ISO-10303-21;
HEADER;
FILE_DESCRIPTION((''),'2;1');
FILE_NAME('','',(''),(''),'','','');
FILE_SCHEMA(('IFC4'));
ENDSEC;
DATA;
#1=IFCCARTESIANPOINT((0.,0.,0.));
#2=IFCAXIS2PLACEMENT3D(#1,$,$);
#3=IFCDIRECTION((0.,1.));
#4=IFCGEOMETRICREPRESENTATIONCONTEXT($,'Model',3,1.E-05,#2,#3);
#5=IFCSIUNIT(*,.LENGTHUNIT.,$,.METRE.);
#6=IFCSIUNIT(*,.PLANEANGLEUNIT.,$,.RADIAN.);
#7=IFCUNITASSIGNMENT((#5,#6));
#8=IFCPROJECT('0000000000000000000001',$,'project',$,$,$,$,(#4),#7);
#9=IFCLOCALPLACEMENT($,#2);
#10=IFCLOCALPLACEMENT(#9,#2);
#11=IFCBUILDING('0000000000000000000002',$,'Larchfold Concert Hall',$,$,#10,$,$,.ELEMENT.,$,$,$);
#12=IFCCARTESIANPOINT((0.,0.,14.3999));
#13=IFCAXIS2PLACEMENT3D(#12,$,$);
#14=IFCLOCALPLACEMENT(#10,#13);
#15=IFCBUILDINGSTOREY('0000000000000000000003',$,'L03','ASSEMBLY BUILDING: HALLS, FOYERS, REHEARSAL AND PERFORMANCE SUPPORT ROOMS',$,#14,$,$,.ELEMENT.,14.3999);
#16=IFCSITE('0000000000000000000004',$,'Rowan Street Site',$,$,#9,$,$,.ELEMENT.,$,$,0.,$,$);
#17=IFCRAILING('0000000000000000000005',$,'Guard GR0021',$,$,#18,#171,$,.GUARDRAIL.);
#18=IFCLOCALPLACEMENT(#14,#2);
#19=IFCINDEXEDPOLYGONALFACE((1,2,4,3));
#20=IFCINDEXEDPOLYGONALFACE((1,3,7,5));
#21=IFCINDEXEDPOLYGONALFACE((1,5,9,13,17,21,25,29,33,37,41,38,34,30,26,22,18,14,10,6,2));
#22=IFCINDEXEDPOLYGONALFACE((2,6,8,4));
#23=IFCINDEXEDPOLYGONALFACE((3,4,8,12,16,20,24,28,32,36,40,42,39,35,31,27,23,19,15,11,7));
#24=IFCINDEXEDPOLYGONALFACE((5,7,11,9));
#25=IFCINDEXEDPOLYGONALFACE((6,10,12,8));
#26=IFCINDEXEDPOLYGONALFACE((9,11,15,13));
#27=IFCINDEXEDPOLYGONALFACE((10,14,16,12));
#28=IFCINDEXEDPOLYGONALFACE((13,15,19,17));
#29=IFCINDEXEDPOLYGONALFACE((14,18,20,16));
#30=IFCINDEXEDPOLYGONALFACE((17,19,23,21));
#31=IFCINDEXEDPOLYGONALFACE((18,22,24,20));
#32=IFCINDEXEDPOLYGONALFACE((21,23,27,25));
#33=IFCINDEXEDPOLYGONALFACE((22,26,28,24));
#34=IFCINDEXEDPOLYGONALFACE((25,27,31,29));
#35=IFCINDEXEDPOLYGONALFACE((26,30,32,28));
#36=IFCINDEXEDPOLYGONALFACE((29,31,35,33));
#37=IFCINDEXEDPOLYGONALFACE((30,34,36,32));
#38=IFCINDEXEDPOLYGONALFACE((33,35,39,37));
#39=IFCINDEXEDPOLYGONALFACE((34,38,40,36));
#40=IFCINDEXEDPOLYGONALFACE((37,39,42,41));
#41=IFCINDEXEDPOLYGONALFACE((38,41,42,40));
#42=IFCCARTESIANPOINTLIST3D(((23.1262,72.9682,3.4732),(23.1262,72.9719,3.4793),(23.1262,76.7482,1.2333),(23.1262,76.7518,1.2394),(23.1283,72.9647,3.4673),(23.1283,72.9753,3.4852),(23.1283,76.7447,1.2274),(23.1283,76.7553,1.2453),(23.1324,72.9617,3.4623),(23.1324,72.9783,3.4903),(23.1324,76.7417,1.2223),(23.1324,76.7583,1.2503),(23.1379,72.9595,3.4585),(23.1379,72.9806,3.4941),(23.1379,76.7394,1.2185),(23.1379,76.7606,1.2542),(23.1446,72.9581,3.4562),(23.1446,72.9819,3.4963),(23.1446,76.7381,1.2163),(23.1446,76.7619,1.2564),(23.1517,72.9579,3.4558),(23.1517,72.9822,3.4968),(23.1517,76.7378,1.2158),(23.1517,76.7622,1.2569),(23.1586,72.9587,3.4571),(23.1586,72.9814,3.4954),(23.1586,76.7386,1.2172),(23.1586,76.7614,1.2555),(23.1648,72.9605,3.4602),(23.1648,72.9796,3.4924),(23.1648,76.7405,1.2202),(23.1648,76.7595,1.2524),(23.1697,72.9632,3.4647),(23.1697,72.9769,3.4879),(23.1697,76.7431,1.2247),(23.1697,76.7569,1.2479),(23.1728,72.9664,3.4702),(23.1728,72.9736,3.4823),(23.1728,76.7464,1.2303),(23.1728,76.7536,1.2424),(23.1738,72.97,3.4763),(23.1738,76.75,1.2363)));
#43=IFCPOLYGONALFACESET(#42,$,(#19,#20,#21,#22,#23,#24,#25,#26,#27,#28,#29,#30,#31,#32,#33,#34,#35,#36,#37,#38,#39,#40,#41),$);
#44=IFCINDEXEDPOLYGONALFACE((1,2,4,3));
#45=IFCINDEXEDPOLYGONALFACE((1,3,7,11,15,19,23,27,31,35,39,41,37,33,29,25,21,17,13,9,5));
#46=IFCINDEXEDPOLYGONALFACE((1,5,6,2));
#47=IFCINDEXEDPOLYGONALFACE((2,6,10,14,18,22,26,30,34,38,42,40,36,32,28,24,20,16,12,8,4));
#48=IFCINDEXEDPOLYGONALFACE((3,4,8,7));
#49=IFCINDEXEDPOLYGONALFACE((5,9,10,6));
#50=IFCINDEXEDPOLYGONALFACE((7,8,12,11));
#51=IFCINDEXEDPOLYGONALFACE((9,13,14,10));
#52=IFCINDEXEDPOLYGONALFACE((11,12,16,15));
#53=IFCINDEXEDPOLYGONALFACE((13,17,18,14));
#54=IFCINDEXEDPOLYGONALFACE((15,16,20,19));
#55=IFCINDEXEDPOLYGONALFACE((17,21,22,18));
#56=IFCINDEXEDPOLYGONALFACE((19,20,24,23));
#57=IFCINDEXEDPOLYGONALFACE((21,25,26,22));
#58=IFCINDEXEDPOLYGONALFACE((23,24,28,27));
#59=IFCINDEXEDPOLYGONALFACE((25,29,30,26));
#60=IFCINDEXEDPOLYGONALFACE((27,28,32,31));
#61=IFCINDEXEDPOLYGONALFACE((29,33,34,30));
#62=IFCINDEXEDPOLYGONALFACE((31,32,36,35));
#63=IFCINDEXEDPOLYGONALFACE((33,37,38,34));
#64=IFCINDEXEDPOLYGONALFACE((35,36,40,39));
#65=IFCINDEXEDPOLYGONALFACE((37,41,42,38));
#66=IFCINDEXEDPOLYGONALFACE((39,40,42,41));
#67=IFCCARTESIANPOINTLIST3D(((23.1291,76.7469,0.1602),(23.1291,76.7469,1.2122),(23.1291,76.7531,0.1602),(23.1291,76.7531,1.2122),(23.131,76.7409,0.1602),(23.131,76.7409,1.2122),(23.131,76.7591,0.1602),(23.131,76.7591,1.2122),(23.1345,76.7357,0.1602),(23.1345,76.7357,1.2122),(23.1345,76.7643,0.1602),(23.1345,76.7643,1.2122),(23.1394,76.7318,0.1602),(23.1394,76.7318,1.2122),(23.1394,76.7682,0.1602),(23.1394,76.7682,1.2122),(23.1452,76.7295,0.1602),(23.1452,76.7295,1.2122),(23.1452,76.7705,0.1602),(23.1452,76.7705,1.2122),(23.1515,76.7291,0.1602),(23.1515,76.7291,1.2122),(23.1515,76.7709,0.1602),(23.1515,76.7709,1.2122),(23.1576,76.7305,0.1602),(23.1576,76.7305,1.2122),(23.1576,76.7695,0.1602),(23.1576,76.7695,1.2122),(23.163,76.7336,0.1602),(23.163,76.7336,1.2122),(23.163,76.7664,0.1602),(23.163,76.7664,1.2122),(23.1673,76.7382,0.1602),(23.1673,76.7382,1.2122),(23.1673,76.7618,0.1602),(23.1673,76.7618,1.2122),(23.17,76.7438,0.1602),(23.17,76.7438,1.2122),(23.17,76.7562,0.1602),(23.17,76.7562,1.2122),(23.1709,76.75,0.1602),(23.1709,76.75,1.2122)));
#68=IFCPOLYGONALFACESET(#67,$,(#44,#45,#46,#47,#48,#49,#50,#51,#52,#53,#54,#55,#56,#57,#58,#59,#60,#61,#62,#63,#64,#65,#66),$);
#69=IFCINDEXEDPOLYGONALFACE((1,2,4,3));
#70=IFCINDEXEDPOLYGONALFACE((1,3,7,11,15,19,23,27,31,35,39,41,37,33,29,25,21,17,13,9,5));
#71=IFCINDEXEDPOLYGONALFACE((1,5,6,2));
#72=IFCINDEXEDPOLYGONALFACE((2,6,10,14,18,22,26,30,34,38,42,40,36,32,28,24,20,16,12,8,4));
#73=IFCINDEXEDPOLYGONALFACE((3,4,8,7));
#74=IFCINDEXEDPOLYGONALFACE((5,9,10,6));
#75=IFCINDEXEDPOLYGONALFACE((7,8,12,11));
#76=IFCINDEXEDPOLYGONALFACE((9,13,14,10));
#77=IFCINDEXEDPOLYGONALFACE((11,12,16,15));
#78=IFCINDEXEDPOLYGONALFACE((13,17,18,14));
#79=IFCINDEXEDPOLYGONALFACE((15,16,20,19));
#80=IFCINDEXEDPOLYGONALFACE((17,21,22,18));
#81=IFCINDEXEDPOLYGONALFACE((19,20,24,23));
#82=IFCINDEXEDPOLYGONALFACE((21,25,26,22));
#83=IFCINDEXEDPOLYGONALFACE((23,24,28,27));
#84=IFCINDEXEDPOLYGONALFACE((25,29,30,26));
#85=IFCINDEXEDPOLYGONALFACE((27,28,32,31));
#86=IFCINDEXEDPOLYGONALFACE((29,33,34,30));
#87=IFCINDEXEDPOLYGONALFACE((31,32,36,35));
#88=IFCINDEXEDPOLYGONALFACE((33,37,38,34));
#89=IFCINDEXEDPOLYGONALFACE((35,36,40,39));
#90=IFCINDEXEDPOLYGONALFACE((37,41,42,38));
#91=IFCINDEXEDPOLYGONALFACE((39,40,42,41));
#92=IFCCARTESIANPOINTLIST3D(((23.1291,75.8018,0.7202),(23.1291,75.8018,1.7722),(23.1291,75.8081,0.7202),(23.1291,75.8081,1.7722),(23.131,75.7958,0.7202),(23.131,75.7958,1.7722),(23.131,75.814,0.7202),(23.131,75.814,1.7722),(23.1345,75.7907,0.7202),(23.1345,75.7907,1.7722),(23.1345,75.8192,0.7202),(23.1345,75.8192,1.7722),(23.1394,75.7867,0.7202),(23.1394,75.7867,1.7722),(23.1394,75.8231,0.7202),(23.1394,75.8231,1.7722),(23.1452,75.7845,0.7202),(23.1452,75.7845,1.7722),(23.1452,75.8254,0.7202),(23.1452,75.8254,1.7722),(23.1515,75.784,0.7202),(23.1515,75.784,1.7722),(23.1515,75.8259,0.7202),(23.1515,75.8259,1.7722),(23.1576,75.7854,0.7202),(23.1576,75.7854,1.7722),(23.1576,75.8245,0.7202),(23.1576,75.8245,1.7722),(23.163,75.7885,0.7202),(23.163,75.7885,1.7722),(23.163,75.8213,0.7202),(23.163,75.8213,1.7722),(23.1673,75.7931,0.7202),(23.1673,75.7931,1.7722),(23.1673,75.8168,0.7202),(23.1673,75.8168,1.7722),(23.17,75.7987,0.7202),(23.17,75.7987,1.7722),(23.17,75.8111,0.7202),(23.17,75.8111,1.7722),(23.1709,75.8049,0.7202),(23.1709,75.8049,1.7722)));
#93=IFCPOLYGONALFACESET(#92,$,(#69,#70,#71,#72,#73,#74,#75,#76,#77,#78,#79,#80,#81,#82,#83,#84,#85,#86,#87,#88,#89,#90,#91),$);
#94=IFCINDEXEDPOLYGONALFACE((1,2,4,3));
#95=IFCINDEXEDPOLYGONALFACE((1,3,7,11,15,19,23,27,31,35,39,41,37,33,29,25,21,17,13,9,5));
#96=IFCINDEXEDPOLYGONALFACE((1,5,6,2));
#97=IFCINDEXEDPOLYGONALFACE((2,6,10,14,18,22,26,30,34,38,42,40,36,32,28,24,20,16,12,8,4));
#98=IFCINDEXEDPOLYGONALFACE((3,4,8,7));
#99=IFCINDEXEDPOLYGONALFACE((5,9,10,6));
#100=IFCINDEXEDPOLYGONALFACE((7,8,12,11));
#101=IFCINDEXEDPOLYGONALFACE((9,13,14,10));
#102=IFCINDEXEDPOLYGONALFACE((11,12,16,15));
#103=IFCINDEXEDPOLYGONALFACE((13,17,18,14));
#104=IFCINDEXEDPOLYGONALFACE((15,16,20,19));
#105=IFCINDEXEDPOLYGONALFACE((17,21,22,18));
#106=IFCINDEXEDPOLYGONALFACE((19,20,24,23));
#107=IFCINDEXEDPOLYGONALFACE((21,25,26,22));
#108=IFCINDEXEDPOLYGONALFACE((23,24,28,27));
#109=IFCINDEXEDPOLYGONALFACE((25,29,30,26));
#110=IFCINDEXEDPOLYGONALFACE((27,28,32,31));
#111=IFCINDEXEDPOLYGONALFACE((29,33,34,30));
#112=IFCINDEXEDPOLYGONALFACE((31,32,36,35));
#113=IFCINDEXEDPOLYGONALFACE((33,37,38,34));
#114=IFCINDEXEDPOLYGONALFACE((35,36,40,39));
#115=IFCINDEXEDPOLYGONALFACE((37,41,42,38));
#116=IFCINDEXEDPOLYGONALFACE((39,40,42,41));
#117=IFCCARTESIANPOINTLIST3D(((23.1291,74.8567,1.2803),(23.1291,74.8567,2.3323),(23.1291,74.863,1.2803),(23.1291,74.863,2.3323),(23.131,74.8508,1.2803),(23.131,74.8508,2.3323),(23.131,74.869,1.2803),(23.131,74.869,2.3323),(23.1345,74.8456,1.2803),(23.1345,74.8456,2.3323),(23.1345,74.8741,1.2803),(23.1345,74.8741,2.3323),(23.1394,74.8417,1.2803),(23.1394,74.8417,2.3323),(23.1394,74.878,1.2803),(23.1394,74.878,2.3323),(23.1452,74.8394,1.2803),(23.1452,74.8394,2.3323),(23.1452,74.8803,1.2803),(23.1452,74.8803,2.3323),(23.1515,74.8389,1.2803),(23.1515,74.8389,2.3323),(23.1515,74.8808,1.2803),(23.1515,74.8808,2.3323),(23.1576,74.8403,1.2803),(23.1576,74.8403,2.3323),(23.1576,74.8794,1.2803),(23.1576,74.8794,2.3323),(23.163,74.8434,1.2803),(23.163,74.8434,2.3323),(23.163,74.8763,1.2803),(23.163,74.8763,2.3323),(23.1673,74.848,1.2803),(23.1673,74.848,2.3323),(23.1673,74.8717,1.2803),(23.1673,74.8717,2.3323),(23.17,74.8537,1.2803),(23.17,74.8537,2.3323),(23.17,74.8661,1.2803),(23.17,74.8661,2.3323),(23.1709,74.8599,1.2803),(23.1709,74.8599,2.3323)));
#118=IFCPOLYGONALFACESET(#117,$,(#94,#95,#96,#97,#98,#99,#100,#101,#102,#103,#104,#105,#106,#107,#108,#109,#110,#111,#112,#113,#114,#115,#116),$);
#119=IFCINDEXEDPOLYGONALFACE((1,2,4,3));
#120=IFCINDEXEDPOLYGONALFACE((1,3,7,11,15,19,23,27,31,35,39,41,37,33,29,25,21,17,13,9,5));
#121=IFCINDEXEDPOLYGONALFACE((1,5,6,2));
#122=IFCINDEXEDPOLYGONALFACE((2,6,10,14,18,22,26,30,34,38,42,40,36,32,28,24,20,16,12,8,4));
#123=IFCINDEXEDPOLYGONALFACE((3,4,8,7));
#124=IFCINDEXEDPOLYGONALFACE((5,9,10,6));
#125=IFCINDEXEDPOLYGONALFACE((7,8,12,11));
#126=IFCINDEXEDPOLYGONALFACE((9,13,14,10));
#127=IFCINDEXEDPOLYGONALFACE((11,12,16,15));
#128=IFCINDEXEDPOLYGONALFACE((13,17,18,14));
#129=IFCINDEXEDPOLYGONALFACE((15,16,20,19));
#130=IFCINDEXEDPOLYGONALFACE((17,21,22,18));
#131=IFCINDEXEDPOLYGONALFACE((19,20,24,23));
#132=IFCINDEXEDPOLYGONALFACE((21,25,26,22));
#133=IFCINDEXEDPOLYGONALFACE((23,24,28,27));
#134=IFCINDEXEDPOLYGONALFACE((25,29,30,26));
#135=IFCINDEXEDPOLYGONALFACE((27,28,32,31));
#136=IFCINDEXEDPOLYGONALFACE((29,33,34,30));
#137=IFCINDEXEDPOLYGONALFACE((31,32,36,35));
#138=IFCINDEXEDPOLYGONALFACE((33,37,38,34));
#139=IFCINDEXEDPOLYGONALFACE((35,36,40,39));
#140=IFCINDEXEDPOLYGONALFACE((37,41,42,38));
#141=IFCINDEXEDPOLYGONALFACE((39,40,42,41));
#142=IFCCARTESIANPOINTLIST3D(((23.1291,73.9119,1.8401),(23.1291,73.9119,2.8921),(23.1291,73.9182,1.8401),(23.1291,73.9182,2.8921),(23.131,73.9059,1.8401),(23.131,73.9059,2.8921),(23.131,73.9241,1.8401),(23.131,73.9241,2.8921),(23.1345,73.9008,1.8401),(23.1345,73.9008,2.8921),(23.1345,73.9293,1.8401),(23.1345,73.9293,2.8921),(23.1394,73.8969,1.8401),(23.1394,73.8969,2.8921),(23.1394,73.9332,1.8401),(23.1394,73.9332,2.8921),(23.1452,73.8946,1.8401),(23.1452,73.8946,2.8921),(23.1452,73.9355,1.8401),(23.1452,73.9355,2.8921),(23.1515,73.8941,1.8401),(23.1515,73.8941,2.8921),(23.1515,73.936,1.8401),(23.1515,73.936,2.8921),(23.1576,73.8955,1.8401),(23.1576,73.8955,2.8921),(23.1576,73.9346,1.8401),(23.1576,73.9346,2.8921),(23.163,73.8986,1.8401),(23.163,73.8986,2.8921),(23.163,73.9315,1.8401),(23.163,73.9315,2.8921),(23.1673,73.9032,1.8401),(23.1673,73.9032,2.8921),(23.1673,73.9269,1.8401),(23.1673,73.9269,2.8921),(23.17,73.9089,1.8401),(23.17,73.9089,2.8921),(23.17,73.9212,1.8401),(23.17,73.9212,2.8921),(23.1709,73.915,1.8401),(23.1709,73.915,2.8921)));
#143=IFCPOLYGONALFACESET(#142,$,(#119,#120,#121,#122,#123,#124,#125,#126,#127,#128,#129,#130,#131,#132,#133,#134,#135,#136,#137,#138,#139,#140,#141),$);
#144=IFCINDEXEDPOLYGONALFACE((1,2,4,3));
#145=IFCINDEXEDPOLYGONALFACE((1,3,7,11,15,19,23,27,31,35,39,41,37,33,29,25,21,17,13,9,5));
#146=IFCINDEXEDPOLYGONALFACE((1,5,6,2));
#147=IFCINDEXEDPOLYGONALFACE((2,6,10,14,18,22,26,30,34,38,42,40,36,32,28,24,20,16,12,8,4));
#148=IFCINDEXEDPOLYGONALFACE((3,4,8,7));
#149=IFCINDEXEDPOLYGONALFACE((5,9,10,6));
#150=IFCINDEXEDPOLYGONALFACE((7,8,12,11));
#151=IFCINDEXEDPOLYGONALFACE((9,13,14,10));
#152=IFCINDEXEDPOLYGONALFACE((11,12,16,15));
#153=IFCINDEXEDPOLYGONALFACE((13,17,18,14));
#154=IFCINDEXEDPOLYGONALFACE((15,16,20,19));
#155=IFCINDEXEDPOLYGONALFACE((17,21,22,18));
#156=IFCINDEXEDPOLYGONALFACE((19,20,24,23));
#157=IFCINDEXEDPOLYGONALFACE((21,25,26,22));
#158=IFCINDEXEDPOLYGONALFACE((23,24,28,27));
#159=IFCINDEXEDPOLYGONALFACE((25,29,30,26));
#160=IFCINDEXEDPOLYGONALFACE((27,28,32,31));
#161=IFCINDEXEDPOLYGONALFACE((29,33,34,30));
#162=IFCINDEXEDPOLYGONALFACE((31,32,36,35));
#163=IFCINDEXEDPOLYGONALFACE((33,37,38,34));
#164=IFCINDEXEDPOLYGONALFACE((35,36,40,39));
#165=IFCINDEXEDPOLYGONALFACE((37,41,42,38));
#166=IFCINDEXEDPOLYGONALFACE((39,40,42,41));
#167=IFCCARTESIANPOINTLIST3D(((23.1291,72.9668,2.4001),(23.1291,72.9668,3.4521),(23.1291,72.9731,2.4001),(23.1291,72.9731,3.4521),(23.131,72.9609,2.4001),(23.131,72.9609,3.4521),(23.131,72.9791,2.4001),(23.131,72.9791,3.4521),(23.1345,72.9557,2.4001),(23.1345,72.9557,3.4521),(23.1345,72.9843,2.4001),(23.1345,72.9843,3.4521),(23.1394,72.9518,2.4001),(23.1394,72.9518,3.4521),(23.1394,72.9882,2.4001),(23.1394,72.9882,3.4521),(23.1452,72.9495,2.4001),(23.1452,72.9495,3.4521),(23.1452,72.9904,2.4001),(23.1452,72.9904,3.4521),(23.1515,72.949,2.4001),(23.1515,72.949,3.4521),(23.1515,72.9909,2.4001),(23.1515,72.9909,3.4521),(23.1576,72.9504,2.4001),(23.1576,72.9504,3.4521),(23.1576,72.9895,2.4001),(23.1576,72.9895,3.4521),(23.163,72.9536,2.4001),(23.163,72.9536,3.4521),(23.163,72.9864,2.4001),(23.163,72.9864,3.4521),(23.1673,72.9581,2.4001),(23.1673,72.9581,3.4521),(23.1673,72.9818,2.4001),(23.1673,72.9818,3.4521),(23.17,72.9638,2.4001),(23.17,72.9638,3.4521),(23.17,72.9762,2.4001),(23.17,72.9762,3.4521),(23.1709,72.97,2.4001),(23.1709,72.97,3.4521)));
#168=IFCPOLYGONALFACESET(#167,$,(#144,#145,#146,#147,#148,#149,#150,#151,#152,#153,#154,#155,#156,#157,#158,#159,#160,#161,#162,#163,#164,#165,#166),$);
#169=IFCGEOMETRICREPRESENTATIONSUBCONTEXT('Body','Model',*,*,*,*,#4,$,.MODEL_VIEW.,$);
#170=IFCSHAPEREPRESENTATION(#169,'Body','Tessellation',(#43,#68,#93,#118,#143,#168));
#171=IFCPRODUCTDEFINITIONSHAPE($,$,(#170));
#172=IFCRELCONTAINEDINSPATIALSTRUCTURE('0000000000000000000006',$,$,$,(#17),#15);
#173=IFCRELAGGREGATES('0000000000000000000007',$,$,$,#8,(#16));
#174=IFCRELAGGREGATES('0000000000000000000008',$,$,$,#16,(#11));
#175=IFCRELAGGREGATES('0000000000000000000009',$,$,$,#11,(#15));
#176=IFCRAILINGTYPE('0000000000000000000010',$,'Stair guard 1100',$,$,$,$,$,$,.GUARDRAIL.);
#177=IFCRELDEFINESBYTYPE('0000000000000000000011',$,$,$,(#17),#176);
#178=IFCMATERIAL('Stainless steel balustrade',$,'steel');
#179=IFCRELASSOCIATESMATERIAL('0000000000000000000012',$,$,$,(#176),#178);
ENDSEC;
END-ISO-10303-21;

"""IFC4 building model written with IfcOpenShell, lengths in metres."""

from ifc_helpers import new_model, si_unit, direction, frame, origin, origin_2d, place, context, subcontext, project, spatial, circle, extrude, material, type_object, element, save


model = new_model("IFC4")

# Units and contexts
model_context = context("Model", 3, precision=1e-05, world=origin(), true_north=direction((0.0, 1.0)))
body_context = subcontext(model_context, "Body", "Model", "MODEL_VIEW")
ifc_project = project(units=[si_unit("LENGTHUNIT", "METRE"), si_unit("PLANEANGLEUNIT", "RADIAN")], contexts=[model_context])

# Site, building, storey
site_placement = place(None, origin())
site = spatial("IfcSite", under=ifc_project, at=site_placement, Name="Rowan Street Site", CompositionType="ELEMENT", RefElevation=0.0)
building_placement = place(site_placement, origin())
building = spatial("IfcBuilding", under=site, at=building_placement, Name="Larchfold Concert Hall", CompositionType="ELEMENT")
storey_placement = place(building_placement, frame((0.0, 0.0, 14.3999)))
storey = spatial("IfcBuildingStorey", under=building, at=storey_placement, Name="L03", Description="ASSEMBLY BUILDING: HALLS, FOYERS, REHEARSAL AND PERFORMANCE SUPPORT ROOMS", CompositionType="ELEMENT", Elevation=14.3999)

# Railing
ifc_material_1 = material(Name="Stainless steel balustrade", Category="steel")
railing_type_1 = type_object("IfcRailingType", Name="Stair guard 1100", PredefinedType="GUARDRAIL", material=ifc_material_1)
railing_1_placement = place(storey_placement, frame((23.1499, 76.75, 0.1602)))
element("IfcRailing", 1, at=railing_1_placement, inside=storey, type_object=railing_type_1, Name="Guard GR0021", PredefinedType="GUARDRAIL", context=body_context, shape_type="SweptSolid", body=[
    extrude(circle(Radius=0.0239, at=origin_2d()), frame((0.0, 0.0, 1.0762), z_axis=(0.0, -0.860294, 0.509798), x_axis=(1.0, 0.0, 0.0)), (0.0, 0.0, 1.0), 4.3938),
    extrude(circle(Radius=0.021, at=origin_2d()), origin(), (0.0, 0.0, 1.0), 1.052),
    extrude(circle(Radius=0.021, at=origin_2d()), frame((0.0, -0.9451, 0.5601)), (0.0, 0.0, 1.0), 1.052),
    extrude(circle(Radius=0.021, at=origin_2d()), frame((0.0, -1.8901, 1.1201)), (0.0, 0.0, 1.0), 1.052),
    extrude(circle(Radius=0.021, at=origin_2d()), frame((0.0, -2.835, 1.6799)), (0.0, 0.0, 1.0), 1.052),
    extrude(circle(Radius=0.021, at=origin_2d()), frame((0.0, -3.78, 2.24)), (0.0, 0.0, 1.0), 1.052),
])

save(model, "model.ifc")
